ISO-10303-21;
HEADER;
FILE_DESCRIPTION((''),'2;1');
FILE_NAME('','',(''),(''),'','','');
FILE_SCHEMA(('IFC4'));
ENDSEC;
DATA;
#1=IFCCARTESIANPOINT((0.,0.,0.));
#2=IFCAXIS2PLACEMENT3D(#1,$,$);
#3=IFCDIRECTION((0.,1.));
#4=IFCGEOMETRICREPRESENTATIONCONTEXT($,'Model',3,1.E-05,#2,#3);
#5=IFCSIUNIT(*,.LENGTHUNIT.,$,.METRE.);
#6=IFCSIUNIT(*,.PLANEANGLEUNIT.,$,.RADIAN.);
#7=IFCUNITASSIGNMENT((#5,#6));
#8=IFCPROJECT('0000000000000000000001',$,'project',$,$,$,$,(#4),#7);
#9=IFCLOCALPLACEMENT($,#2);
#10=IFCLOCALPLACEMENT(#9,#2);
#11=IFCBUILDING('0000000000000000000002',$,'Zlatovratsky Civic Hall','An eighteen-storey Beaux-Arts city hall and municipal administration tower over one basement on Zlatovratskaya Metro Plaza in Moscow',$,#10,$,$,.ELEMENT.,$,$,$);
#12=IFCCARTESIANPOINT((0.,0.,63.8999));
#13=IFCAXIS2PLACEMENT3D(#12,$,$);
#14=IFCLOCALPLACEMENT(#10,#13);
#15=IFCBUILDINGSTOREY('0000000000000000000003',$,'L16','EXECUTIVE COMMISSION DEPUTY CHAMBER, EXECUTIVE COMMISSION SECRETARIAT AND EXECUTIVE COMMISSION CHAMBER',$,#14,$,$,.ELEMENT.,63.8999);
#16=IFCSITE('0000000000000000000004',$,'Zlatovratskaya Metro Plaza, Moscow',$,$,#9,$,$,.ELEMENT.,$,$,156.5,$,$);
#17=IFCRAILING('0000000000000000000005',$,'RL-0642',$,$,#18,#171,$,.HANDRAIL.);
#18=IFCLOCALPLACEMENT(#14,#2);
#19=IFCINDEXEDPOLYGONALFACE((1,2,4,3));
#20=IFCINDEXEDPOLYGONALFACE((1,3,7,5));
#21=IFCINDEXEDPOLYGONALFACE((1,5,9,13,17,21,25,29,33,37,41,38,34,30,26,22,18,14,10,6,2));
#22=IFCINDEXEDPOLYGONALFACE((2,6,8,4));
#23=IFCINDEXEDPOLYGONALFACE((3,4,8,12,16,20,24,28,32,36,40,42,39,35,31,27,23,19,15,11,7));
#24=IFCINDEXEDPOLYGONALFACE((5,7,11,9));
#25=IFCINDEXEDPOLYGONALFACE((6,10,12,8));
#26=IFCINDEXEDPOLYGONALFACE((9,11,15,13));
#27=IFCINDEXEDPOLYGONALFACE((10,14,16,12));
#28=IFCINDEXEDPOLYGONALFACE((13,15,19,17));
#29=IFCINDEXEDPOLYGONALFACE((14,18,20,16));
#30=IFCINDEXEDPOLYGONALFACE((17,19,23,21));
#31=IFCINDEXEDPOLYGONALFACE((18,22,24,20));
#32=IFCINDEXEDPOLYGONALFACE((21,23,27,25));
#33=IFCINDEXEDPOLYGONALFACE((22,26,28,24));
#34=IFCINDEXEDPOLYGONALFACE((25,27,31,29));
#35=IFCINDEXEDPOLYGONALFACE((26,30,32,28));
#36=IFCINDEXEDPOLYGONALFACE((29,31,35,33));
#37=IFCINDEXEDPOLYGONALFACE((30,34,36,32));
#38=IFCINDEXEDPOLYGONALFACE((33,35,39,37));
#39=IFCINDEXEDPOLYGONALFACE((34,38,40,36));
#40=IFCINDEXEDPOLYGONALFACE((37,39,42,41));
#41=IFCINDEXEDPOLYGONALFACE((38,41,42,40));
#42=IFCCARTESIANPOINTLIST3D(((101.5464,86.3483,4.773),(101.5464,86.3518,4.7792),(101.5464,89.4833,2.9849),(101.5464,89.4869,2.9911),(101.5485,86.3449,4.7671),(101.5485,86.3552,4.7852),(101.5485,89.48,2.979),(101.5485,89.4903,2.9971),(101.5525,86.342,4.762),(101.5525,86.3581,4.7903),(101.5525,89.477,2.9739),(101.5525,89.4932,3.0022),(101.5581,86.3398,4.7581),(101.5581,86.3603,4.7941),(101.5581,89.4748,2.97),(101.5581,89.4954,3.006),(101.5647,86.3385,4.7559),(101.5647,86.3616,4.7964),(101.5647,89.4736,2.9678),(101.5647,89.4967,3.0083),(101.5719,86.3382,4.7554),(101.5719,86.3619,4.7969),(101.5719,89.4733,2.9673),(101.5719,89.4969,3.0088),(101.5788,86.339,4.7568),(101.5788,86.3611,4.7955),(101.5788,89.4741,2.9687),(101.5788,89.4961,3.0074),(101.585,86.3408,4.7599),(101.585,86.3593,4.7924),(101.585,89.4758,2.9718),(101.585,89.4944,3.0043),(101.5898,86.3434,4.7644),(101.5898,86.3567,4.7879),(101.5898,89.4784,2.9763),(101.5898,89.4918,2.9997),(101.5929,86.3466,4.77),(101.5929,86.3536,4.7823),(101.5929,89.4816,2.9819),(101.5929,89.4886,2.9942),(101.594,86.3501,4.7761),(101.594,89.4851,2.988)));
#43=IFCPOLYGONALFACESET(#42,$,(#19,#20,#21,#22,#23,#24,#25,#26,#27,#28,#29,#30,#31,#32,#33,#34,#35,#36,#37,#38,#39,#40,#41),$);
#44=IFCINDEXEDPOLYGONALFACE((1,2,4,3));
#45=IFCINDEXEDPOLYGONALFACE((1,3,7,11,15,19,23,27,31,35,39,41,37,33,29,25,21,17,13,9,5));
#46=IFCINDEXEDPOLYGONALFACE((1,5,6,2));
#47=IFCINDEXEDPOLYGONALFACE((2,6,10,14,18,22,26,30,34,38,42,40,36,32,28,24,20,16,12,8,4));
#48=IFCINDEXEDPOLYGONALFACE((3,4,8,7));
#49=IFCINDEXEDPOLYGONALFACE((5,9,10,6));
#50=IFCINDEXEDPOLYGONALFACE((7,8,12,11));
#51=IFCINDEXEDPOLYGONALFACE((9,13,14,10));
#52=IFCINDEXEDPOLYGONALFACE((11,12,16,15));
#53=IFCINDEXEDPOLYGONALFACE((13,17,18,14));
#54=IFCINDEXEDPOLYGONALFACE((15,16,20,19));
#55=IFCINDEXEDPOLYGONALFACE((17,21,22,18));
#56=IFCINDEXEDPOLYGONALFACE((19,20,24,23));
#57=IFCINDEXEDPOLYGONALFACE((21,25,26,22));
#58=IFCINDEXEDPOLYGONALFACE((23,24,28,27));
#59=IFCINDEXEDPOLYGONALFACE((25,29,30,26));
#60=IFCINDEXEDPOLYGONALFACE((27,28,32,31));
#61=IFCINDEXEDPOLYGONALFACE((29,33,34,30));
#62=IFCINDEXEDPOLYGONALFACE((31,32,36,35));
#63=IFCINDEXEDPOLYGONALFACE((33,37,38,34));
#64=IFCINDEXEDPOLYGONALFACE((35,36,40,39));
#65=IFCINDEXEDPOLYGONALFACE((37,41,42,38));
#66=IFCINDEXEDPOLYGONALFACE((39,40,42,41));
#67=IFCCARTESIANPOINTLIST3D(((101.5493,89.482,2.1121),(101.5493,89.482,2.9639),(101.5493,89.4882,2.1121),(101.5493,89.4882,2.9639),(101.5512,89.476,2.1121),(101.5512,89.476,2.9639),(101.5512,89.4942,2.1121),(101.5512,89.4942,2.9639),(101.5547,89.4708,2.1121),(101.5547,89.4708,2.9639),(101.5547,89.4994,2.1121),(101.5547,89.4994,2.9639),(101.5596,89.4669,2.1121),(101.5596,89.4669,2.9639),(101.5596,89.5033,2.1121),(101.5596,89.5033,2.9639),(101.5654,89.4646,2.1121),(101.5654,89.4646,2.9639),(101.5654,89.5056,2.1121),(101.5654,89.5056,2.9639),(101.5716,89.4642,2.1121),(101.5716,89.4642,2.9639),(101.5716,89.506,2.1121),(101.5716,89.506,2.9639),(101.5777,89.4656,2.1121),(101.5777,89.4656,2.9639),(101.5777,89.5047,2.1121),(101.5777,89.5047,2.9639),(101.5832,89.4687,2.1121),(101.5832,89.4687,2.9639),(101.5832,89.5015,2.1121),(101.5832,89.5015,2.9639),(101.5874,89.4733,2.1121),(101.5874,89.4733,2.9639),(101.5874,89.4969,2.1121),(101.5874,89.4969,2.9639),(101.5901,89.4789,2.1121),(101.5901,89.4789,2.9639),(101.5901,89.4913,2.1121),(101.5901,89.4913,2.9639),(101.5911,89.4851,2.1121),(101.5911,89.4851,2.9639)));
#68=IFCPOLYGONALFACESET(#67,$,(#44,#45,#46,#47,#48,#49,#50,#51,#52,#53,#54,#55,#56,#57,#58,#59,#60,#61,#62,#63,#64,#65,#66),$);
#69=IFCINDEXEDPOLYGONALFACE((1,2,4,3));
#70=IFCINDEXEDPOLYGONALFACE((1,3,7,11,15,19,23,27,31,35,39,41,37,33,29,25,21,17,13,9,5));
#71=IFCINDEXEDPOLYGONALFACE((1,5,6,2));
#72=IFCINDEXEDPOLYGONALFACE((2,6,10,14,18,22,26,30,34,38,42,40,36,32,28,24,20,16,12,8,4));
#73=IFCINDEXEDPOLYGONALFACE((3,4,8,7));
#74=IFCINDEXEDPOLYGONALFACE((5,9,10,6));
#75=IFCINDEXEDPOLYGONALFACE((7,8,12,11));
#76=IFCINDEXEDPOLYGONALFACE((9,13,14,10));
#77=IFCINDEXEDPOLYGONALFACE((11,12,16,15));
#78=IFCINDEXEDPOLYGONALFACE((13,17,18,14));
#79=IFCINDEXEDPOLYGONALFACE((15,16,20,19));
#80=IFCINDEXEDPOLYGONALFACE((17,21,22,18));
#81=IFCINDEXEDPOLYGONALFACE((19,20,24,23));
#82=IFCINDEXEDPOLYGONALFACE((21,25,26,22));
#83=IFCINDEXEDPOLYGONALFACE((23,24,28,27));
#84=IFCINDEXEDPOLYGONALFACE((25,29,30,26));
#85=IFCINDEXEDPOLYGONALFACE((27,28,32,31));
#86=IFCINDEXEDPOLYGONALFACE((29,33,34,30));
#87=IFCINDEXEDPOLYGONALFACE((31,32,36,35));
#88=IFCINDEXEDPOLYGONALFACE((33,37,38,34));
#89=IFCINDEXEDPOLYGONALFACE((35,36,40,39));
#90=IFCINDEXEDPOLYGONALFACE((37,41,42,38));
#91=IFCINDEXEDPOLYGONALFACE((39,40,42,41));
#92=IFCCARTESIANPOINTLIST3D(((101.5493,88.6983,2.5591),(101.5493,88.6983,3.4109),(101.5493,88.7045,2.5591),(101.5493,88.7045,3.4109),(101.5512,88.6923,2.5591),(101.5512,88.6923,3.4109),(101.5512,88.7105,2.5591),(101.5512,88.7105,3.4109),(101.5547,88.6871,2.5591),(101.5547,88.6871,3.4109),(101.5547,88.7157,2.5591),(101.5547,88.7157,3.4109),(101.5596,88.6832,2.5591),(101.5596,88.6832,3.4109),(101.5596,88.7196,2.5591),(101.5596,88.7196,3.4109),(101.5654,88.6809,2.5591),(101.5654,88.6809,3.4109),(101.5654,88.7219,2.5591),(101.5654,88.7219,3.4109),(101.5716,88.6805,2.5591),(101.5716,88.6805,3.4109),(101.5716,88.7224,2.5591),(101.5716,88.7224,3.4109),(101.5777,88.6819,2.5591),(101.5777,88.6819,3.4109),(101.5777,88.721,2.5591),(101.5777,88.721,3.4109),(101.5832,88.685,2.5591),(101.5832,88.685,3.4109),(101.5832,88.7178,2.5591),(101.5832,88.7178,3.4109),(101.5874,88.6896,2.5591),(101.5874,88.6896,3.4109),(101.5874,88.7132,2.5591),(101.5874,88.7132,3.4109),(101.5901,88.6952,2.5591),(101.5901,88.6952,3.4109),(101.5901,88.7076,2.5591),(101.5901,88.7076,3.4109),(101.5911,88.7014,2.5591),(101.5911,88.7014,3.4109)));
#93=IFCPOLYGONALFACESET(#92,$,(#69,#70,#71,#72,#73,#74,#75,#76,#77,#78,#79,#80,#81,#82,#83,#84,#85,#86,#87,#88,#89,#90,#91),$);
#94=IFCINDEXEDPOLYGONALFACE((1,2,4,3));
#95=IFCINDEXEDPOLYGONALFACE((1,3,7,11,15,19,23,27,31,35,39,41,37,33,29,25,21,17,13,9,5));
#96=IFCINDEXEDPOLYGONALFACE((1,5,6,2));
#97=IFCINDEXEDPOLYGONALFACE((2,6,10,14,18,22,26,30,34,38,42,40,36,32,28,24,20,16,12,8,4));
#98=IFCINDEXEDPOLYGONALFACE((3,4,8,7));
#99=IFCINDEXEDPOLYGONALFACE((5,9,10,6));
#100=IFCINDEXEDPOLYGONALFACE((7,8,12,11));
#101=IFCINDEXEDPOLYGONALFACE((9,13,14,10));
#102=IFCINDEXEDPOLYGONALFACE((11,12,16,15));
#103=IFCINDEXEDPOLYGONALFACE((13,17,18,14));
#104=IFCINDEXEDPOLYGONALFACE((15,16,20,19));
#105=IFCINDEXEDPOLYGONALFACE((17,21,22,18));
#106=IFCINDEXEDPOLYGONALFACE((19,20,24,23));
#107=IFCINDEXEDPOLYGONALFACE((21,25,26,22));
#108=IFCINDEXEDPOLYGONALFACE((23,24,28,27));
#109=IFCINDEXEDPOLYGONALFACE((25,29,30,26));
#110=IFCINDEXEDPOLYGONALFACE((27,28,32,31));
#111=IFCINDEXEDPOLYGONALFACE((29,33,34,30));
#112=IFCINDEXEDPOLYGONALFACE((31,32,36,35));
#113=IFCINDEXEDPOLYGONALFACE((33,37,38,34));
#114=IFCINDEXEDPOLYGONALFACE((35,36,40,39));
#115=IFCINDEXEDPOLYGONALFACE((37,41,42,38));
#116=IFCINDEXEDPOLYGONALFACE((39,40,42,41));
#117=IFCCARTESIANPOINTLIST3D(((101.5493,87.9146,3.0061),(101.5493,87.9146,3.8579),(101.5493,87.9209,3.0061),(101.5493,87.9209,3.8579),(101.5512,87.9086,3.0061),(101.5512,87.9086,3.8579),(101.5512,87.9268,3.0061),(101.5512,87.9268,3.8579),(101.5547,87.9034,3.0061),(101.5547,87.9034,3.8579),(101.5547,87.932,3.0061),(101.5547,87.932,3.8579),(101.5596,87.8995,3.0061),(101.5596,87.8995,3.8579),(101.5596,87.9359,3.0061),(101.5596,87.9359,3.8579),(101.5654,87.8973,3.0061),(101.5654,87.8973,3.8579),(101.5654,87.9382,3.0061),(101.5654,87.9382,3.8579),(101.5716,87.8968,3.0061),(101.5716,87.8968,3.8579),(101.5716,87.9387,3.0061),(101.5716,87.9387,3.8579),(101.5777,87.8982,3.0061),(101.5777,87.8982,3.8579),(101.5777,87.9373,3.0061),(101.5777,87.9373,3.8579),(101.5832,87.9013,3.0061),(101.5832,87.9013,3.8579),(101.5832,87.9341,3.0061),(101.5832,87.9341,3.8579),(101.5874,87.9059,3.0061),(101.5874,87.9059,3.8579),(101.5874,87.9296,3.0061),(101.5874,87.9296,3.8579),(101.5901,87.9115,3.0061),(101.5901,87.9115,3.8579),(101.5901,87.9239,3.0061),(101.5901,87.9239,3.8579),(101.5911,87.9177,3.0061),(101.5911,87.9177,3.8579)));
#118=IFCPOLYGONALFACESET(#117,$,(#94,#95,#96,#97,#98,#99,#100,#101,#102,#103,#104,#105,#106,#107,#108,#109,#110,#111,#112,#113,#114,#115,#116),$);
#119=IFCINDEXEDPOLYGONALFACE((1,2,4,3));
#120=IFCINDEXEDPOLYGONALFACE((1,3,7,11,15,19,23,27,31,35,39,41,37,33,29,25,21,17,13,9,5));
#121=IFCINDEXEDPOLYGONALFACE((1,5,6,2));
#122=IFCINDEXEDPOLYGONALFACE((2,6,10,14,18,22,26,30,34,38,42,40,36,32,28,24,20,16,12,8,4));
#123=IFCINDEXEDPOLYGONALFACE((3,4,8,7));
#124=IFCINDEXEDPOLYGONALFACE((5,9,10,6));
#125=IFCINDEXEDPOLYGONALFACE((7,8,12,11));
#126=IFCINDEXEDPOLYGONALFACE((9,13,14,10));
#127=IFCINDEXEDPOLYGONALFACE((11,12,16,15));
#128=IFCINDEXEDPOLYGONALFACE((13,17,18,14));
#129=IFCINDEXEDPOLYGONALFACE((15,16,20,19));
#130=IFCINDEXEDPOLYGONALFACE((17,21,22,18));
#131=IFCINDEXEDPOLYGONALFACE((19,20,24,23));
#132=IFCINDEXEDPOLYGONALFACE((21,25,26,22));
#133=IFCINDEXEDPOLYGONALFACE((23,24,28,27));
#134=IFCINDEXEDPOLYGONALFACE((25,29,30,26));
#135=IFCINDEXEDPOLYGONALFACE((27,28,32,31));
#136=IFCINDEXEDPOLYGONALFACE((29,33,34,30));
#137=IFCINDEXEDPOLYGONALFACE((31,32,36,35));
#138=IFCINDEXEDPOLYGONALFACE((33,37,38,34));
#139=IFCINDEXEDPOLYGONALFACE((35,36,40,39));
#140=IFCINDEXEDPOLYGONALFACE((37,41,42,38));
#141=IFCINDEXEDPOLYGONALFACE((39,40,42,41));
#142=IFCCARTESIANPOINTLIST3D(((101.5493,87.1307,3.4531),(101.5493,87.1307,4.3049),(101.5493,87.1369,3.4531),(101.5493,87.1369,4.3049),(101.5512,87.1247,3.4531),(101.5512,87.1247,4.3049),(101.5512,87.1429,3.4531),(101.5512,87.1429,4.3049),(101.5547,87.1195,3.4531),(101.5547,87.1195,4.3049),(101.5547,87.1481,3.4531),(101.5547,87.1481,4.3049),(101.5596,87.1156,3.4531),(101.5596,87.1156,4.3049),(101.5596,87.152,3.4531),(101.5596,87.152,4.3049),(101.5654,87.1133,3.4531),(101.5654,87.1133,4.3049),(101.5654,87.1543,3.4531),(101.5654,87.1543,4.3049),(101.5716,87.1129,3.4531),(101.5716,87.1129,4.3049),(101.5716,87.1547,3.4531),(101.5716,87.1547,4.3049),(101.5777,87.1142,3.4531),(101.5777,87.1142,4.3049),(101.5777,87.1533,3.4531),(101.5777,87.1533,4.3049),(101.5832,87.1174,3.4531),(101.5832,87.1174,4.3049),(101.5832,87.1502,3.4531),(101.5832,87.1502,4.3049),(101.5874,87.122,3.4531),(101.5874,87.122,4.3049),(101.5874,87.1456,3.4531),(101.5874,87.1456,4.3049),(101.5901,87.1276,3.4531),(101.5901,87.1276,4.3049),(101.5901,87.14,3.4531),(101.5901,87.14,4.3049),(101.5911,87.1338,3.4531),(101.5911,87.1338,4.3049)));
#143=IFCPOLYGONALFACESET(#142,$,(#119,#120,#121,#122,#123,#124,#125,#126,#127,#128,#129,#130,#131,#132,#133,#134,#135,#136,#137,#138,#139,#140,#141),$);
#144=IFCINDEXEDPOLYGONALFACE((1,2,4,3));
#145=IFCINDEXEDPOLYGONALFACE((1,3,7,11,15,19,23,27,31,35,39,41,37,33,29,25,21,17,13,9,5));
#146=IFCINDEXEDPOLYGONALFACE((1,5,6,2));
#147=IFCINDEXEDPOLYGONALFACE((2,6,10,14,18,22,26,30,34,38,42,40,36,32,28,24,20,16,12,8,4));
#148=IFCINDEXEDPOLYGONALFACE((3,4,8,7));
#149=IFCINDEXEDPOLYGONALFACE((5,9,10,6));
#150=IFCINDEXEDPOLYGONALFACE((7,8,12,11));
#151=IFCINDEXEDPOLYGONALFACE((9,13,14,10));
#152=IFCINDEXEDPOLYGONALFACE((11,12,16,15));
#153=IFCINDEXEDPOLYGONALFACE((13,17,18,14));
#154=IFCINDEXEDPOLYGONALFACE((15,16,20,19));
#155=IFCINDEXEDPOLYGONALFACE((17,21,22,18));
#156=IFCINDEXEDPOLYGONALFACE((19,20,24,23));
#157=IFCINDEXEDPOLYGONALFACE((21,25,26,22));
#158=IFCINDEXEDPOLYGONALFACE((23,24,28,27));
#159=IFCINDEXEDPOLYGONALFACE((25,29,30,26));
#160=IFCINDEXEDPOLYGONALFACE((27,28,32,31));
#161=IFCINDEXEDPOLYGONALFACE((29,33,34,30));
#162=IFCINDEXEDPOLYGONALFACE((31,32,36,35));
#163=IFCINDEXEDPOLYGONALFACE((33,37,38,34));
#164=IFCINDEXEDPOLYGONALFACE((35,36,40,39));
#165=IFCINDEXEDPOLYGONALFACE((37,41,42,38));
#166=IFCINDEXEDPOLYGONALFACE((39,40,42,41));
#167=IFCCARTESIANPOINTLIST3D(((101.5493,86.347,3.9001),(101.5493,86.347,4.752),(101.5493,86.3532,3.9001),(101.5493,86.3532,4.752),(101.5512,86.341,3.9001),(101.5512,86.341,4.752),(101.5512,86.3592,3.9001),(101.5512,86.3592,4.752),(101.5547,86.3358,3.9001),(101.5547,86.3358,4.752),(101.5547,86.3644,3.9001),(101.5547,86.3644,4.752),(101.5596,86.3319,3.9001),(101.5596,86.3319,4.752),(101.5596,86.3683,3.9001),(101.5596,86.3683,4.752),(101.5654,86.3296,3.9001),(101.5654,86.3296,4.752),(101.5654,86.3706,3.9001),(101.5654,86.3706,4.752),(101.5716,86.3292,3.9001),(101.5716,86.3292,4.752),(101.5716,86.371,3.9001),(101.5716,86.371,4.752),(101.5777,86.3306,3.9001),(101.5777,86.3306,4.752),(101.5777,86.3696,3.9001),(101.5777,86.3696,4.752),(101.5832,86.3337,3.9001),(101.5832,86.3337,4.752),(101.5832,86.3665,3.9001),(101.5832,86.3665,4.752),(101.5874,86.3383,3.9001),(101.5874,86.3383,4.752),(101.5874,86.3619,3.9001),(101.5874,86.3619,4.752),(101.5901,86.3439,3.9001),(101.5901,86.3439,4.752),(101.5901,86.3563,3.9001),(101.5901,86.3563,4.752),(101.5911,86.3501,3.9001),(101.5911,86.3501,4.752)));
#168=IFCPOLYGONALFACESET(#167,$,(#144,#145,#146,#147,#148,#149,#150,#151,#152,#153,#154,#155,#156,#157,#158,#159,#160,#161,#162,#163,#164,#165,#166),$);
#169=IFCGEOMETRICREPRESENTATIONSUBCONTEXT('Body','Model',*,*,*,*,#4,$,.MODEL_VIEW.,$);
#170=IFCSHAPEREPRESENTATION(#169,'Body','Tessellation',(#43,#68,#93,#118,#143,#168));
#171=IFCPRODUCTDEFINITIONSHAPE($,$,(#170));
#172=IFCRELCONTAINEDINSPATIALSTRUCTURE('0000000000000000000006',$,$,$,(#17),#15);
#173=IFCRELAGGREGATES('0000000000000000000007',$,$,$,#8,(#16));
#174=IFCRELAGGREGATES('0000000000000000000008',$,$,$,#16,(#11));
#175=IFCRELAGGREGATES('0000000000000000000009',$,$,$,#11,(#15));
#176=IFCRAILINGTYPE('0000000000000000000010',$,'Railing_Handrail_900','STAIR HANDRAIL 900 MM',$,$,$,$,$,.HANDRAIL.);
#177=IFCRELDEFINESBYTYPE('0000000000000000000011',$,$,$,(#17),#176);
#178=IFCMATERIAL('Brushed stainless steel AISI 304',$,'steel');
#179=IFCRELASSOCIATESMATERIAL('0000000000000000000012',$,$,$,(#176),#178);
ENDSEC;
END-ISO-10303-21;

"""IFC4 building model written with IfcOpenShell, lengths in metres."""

from ifc_helpers import new_model, si_unit, direction, frame, origin, origin_2d, place, context, subcontext, project, spatial, circle, extrude, material, type_object, element, save


model = new_model("IFC4")

# Units and contexts
model_context = context("Model", 3, precision=1e-05, world=origin(), true_north=direction((0.0, 1.0)))
body_context = subcontext(model_context, "Body", "Model", "MODEL_VIEW")
ifc_project = project(units=[si_unit("LENGTHUNIT", "METRE"), si_unit("PLANEANGLEUNIT", "RADIAN")], contexts=[model_context])

# Site, building, storey
site_placement = place(None, origin())
site = spatial("IfcSite", under=ifc_project, at=site_placement, Name="Zlatovratskaya Metro Plaza, Moscow", CompositionType="ELEMENT", RefElevation=156.5)
building_placement = place(site_placement, origin())
building = spatial("IfcBuilding", under=site, at=building_placement, Name="Zlatovratsky Civic Hall", Description="An eighteen-storey Beaux-Arts city hall and municipal administration tower over one basement on Zlatovratskaya Metro Plaza in Moscow", CompositionType="ELEMENT")
storey_placement = place(building_placement, frame((0.0, 0.0, 63.8999)))
storey = spatial("IfcBuildingStorey", under=building, at=storey_placement, Name="L16", Description="EXECUTIVE COMMISSION DEPUTY CHAMBER, EXECUTIVE COMMISSION SECRETARIAT AND EXECUTIVE COMMISSION CHAMBER", CompositionType="ELEMENT", Elevation=63.8999)

# Railing
ifc_material_1 = material(Name="Brushed stainless steel AISI 304", Category="steel")
railing_type = type_object("IfcRailingType", Name="Railing_Handrail_900", Description="STAIR HANDRAIL 900 MM", PredefinedType="HANDRAIL", material=ifc_material_1)
railing_placement = place(storey_placement, frame((101.5701, 89.4851, 2.1121)))
element("IfcRailing", 1, at=railing_placement, inside=storey, type_object=railing_type, Name="RL-0642", PredefinedType="HANDRAIL", context=body_context, shape_type="SweptSolid", body=[
    extrude(circle(Radius=0.0239, at=origin_2d()), frame((0.0, 0.0, 0.876), z_axis=(0.0, -0.868642, 0.495439), x_axis=(1.0, 0.0, 0.0)), (0.0, 0.0, 1.0), 3.6091),
    extrude(circle(Radius=0.021, at=origin_2d()), origin(), (0.0, 0.0, 1.0), 0.8518),
    extrude(circle(Radius=0.021, at=origin_2d()), frame((0.0, -0.7837, 0.447)), (0.0, 0.0, 1.0), 0.8518),
    extrude(circle(Radius=0.021, at=origin_2d()), frame((0.0, -1.5674, 0.894)), (0.0, 0.0, 1.0), 0.8518),
    extrude(circle(Radius=0.021, at=origin_2d()), frame((0.0, -2.3513, 1.3411)), (0.0, 0.0, 1.0), 0.8518),
    extrude(circle(Radius=0.021, at=origin_2d()), frame((0.0, -3.135, 1.7881)), (0.0, 0.0, 1.0), 0.8518),
])

save(model, "model.ifc")
